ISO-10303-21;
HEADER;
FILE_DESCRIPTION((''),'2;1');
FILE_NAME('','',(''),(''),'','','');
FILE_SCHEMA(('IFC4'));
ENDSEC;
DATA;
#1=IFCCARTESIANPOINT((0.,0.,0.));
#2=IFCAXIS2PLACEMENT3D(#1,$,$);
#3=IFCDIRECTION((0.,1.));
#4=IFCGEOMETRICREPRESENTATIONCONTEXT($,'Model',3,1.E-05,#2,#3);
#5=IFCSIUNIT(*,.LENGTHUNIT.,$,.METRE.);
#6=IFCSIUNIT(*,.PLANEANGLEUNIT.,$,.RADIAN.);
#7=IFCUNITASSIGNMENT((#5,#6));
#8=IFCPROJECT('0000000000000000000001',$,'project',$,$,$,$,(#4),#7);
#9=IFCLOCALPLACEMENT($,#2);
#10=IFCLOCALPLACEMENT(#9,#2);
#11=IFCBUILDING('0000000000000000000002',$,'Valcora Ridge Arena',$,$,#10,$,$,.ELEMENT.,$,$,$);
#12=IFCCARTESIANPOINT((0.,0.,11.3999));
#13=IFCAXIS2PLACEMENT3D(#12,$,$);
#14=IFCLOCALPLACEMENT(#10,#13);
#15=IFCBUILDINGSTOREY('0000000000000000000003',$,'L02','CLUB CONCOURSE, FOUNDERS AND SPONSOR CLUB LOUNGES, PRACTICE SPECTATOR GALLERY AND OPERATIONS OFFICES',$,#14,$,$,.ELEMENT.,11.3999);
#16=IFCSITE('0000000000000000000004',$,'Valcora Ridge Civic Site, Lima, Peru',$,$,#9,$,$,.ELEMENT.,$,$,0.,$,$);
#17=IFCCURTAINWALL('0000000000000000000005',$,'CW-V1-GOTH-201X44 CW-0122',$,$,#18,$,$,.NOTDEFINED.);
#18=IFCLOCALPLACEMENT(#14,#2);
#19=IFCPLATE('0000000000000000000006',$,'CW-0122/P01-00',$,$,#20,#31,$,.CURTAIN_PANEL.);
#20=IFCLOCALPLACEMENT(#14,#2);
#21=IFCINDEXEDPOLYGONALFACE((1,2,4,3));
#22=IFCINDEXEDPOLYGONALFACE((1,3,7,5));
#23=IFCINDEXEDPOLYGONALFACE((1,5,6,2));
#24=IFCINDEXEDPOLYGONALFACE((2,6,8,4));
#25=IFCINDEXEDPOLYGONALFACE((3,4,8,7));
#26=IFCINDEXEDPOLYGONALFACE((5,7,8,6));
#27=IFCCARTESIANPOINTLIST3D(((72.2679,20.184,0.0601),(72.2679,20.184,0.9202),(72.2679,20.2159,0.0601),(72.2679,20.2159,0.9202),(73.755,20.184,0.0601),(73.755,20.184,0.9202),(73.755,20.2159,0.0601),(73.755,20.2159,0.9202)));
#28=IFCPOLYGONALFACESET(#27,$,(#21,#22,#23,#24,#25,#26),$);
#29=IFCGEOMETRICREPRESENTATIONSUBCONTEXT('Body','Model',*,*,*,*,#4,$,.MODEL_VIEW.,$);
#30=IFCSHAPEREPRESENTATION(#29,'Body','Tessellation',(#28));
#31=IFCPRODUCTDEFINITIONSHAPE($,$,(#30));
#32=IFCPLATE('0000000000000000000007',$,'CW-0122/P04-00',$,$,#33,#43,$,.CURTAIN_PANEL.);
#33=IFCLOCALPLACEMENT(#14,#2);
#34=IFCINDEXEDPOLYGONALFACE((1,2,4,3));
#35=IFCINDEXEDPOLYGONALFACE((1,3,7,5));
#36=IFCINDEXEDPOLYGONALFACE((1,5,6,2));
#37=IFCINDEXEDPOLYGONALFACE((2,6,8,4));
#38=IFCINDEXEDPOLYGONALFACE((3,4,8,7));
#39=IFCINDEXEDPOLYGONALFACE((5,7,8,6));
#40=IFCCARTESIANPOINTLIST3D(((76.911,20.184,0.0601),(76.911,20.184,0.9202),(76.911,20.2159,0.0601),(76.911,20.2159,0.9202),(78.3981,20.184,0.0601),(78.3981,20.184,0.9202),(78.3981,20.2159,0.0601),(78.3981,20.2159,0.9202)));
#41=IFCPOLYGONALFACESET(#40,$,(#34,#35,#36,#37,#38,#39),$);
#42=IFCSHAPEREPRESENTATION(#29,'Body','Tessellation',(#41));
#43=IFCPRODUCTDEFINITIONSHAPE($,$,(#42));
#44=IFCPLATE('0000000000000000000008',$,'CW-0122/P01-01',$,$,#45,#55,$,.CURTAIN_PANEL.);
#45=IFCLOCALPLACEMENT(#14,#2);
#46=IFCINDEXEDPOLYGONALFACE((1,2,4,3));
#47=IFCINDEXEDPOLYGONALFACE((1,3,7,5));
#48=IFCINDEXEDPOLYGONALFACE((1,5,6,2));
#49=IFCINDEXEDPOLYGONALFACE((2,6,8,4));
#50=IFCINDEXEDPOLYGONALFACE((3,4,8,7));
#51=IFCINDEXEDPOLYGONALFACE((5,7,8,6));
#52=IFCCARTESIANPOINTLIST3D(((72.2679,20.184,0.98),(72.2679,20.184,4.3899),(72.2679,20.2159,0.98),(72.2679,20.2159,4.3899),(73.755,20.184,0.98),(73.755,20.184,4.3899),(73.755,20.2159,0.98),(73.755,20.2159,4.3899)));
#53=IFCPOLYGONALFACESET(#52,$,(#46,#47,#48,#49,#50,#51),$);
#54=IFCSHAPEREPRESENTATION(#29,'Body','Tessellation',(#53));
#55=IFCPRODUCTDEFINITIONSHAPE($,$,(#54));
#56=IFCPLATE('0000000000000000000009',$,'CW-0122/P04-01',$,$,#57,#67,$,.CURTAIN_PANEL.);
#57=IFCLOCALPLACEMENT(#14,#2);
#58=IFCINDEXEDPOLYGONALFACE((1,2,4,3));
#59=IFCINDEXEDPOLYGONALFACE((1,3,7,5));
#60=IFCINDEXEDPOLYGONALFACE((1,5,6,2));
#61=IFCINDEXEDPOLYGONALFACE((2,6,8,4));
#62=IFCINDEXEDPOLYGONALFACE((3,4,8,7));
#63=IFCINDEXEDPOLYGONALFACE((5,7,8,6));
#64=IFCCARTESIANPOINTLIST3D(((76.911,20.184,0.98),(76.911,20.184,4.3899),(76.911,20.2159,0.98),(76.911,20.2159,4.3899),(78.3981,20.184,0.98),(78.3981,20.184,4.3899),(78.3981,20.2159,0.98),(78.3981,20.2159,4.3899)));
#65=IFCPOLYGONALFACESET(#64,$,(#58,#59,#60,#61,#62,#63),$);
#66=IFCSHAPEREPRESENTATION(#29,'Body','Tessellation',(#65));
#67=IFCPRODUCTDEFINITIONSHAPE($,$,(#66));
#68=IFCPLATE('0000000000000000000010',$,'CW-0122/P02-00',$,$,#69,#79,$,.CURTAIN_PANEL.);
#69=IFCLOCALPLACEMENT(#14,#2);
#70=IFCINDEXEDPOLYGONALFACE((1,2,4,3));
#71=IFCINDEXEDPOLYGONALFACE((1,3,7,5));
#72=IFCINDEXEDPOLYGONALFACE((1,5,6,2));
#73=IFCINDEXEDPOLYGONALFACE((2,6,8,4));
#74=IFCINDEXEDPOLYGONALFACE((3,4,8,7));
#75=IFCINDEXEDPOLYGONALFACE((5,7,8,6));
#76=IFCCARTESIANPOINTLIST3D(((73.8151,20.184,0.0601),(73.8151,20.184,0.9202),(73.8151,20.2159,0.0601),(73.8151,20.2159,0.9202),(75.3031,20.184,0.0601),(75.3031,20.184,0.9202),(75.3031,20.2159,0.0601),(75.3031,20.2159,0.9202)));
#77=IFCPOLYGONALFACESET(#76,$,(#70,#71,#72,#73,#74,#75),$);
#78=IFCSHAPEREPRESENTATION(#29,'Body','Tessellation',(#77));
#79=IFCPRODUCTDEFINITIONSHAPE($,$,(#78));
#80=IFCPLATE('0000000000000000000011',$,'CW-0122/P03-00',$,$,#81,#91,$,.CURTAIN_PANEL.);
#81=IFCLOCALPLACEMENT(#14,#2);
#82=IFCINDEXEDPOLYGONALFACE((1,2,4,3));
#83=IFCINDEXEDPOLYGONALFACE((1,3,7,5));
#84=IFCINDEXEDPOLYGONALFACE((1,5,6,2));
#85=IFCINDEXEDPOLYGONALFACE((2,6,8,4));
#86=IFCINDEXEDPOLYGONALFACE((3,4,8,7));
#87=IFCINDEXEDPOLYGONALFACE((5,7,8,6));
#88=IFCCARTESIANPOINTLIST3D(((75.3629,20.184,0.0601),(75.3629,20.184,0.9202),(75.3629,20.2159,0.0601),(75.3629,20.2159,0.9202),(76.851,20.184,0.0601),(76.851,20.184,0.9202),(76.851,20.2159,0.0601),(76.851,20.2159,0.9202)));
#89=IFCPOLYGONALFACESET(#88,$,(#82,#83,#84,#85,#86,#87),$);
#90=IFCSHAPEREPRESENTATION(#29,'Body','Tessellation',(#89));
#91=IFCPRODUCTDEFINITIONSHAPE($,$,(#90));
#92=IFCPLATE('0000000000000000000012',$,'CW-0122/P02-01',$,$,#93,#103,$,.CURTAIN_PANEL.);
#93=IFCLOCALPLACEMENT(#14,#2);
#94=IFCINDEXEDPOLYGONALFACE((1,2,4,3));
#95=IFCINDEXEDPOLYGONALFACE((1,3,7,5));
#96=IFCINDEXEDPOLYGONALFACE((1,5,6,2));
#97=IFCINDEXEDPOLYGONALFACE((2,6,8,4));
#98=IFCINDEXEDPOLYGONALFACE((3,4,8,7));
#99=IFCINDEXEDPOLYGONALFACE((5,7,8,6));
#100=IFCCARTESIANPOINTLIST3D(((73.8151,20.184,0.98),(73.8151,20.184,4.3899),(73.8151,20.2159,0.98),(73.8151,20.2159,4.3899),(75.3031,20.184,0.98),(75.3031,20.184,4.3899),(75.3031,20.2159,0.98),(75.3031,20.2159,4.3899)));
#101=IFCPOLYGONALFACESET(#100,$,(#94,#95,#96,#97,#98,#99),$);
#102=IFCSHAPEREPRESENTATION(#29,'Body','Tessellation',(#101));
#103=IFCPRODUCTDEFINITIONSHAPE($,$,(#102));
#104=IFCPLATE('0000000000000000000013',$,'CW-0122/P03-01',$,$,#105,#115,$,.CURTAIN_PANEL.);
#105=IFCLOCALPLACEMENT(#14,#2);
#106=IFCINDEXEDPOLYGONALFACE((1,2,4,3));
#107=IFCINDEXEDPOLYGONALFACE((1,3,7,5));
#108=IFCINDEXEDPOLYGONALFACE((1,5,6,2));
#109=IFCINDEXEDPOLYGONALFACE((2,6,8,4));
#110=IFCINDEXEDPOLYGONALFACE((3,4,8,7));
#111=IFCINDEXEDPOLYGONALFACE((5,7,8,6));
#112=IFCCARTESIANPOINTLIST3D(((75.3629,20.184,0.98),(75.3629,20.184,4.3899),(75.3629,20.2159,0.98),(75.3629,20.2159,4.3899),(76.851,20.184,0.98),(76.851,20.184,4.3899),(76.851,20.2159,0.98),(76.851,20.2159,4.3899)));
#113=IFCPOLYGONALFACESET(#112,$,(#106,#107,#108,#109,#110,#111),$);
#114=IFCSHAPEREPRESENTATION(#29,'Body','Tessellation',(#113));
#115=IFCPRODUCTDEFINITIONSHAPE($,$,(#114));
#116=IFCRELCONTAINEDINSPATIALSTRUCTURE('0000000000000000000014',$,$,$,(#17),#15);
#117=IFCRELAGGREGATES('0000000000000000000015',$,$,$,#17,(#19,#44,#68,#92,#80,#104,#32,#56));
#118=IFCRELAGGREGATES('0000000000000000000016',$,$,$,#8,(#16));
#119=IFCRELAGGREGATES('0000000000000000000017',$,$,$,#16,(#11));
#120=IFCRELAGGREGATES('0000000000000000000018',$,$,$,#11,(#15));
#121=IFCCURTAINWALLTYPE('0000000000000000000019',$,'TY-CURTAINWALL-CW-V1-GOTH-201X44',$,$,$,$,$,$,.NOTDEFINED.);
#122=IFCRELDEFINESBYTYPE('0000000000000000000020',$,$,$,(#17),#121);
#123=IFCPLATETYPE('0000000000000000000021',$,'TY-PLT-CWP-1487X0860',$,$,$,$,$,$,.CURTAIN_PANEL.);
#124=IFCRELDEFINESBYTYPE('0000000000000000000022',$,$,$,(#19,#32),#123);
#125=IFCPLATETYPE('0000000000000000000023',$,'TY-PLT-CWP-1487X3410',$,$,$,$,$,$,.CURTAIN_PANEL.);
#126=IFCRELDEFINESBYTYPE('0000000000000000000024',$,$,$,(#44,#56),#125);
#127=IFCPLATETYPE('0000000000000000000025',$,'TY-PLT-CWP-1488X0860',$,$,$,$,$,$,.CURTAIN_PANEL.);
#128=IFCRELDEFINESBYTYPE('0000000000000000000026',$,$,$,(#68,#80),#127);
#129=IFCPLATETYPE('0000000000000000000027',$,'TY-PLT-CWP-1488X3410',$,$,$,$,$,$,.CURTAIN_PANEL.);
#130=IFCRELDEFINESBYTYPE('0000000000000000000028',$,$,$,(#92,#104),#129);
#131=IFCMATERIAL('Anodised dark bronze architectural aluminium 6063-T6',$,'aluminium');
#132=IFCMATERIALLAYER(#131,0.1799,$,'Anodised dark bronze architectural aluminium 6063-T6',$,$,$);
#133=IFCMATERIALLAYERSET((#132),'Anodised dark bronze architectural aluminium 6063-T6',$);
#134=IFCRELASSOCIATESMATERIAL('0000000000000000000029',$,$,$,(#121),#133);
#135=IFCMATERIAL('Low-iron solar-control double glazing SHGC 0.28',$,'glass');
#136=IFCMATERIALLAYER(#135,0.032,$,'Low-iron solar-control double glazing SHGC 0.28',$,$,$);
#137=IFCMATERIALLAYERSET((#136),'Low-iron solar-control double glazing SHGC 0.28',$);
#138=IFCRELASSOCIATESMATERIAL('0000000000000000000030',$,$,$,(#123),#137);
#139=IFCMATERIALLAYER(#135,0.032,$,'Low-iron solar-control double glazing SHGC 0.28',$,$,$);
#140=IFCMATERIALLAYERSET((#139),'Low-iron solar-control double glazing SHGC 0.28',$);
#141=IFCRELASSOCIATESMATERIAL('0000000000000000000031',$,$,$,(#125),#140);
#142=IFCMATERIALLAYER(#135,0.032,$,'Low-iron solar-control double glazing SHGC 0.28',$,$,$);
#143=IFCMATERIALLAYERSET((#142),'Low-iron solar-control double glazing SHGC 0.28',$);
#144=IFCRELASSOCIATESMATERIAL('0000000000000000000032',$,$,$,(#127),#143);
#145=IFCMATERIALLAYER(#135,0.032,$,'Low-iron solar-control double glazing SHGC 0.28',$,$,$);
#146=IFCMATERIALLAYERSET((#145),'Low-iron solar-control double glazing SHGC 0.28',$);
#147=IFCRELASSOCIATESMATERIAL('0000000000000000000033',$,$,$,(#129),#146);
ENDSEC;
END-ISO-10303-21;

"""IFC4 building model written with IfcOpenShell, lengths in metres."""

from ifc_helpers import new_model, si_unit, direction, frame, origin, origin_2d, place, context, subcontext, project, spatial, rectangle, extrude, material, layer, layer_set, type_object, element, aggregate, save


model = new_model("IFC4")

# Units and contexts
model_context = context("Model", 3, precision=1e-05, world=origin(), true_north=direction((0.0, 1.0)))
body_context = subcontext(model_context, "Body", "Model", "MODEL_VIEW")
ifc_project = project(units=[si_unit("LENGTHUNIT", "METRE"), si_unit("PLANEANGLEUNIT", "RADIAN")], contexts=[model_context])

# Site, building, storey
site_placement = place(None, origin())
site = spatial("IfcSite", under=ifc_project, at=site_placement, Name="Valcora Ridge Civic Site, Lima, Peru", CompositionType="ELEMENT", RefElevation=0.0)
building_placement = place(site_placement, origin())
building = spatial("IfcBuilding", under=site, at=building_placement, Name="Valcora Ridge Arena", CompositionType="ELEMENT")
storey_placement = place(building_placement, frame((0.0, 0.0, 11.3999)))
storey = spatial("IfcBuildingStorey", under=building, at=storey_placement, Name="L02", Description="CLUB CONCOURSE, FOUNDERS AND SPONSOR CLUB LOUNGES, PRACTICE SPECTATOR GALLERY AND OPERATIONS OFFICES", CompositionType="ELEMENT", Elevation=11.3999)

# Shared definitions
ifc_material_1 = material(Name="Anodised dark bronze architectural aluminium 6063-T6", Category="aluminium")

# Curtain wall
ifc_layer_1 = layer(ifc_material_1, 0.1799, Name="Anodised dark bronze architectural aluminium 6063-T6")
ifc_layer_set_1 = layer_set([ifc_layer_1], Name="Anodised dark bronze architectural aluminium 6063-T6")
curtain_wall_type_1 = type_object("IfcCurtainWallType", Name="TY-CURTAINWALL-CW-V1-GOTH-201X44", PredefinedType="NOTDEFINED", material=ifc_layer_set_1)
curtain_wall_1_placement = place(storey_placement, origin())
curtain_wall_1 = element("IfcCurtainWall", 1, at=curtain_wall_1_placement, inside=storey, type_object=curtain_wall_type_1, Name="CW-V1-GOTH-201X44 CW-0122", PredefinedType="NOTDEFINED")

# Plates
ifc_material_2 = material(Name="Low-iron solar-control double glazing SHGC 0.28", Category="glass")
ifc_layer_2 = layer(ifc_material_2, 0.032, Name="Low-iron solar-control double glazing SHGC 0.28")
ifc_layer_set_2 = layer_set([ifc_layer_2], Name="Low-iron solar-control double glazing SHGC 0.28")
plate_type_1 = type_object("IfcPlateType", Name="TY-PLT-CWP-1487X0860", PredefinedType="CURTAIN_PANEL", material=ifc_layer_set_2)
plate_1_placement = place(storey_placement, frame((73.0115, 20.2, 0.0601), z_axis=(0.0, 0.0, 1.0), x_axis=(1.0, 0.0, 0.0)))
plate_1 = element("IfcPlate", 2, at=plate_1_placement, type_object=plate_type_1, Name="CW-0122/P01-00", PredefinedType="CURTAIN_PANEL", context=body_context, shape_type="SweptSolid", body=[
    extrude(rectangle(XDim=1.4871, YDim=0.032, at=origin_2d()), origin(), (0.0, 0.0, 1.0), 0.8601),
])
plate_2_placement = place(storey_placement, frame((77.6545, 20.2, 0.0601), z_axis=(0.0, 0.0, 1.0), x_axis=(1.0, 0.0, 0.0)))
plate_2 = element("IfcPlate", 3, at=plate_2_placement, type_object=plate_type_1, Name="CW-0122/P04-00", PredefinedType="CURTAIN_PANEL", context=body_context, shape_type="SweptSolid", body=[
    extrude(rectangle(XDim=1.4871, YDim=0.032, at=origin_2d()), origin(), (0.0, 0.0, 1.0), 0.8601),
])
ifc_layer_3 = layer(ifc_material_2, 0.032, Name="Low-iron solar-control double glazing SHGC 0.28")
ifc_layer_set_3 = layer_set([ifc_layer_3], Name="Low-iron solar-control double glazing SHGC 0.28")
plate_type_2 = type_object("IfcPlateType", Name="TY-PLT-CWP-1487X3410", PredefinedType="CURTAIN_PANEL", material=ifc_layer_set_3)
plate_3_placement = place(storey_placement, frame((73.0115, 20.2, 0.98), z_axis=(0.0, 0.0, 1.0), x_axis=(1.0, 0.0, 0.0)))
plate_3 = element("IfcPlate", 4, at=plate_3_placement, type_object=plate_type_2, Name="CW-0122/P01-01", PredefinedType="CURTAIN_PANEL", context=body_context, shape_type="SweptSolid", body=[
    extrude(rectangle(XDim=1.4871, YDim=0.032, at=origin_2d()), origin(), (0.0, 0.0, 1.0), 3.4099),
])
plate_4_placement = place(storey_placement, frame((77.6545, 20.2, 0.98), z_axis=(0.0, 0.0, 1.0), x_axis=(1.0, 0.0, 0.0)))
plate_4 = element("IfcPlate", 5, at=plate_4_placement, type_object=plate_type_2, Name="CW-0122/P04-01", PredefinedType="CURTAIN_PANEL", context=body_context, shape_type="SweptSolid", body=[
    extrude(rectangle(XDim=1.4871, YDim=0.032, at=origin_2d()), origin(), (0.0, 0.0, 1.0), 3.4099),
])
ifc_layer_4 = layer(ifc_material_2, 0.032, Name="Low-iron solar-control double glazing SHGC 0.28")
ifc_layer_set_4 = layer_set([ifc_layer_4], Name="Low-iron solar-control double glazing SHGC 0.28")
plate_type_3 = type_object("IfcPlateType", Name="TY-PLT-CWP-1488X0860", PredefinedType="CURTAIN_PANEL", material=ifc_layer_set_4)
plate_5_placement = place(storey_placement, frame((74.5591, 20.2, 0.0601), z_axis=(0.0, 0.0, 1.0), x_axis=(1.0, 0.0, 0.0)))
plate_5 = element("IfcPlate", 6, at=plate_5_placement, type_object=plate_type_3, Name="CW-0122/P02-00", PredefinedType="CURTAIN_PANEL", context=body_context, shape_type="SweptSolid", body=[
    extrude(rectangle(XDim=1.488, YDim=0.032, at=origin_2d()), origin(), (0.0, 0.0, 1.0), 0.8601),
])
plate_6_placement = place(storey_placement, frame((76.1069, 20.2, 0.0601), z_axis=(0.0, 0.0, 1.0), x_axis=(1.0, 0.0, 0.0)))
plate_6 = element("IfcPlate", 7, at=plate_6_placement, type_object=plate_type_3, Name="CW-0122/P03-00", PredefinedType="CURTAIN_PANEL", context=body_context, shape_type="SweptSolid", body=[
    extrude(rectangle(XDim=1.488, YDim=0.032, at=origin_2d()), origin(), (0.0, 0.0, 1.0), 0.8601),
])
ifc_layer_5 = layer(ifc_material_2, 0.032, Name="Low-iron solar-control double glazing SHGC 0.28")
ifc_layer_set_5 = layer_set([ifc_layer_5], Name="Low-iron solar-control double glazing SHGC 0.28")
plate_type_4 = type_object("IfcPlateType", Name="TY-PLT-CWP-1488X3410", PredefinedType="CURTAIN_PANEL", material=ifc_layer_set_5)
plate_7_placement = place(storey_placement, frame((74.5591, 20.2, 0.98), z_axis=(0.0, 0.0, 1.0), x_axis=(1.0, 0.0, 0.0)))
plate_7 = element("IfcPlate", 8, at=plate_7_placement, type_object=plate_type_4, Name="CW-0122/P02-01", PredefinedType="CURTAIN_PANEL", context=body_context, shape_type="SweptSolid", body=[
    extrude(rectangle(XDim=1.488, YDim=0.032, at=origin_2d()), origin(), (0.0, 0.0, 1.0), 3.4099),
])
plate_8_placement = place(storey_placement, frame((76.1069, 20.2, 0.98), z_axis=(0.0, 0.0, 1.0), x_axis=(1.0, 0.0, 0.0)))
plate_8 = element("IfcPlate", 9, at=plate_8_placement, type_object=plate_type_4, Name="CW-0122/P03-01", PredefinedType="CURTAIN_PANEL", context=body_context, shape_type="SweptSolid", body=[
    extrude(rectangle(XDim=1.488, YDim=0.032, at=origin_2d()), origin(), (0.0, 0.0, 1.0), 3.4099),
])
aggregate(curtain_wall_1, [plate_1, plate_3, plate_5, plate_7, plate_6, plate_8, plate_2, plate_4])

save(model, "model.ifc")
